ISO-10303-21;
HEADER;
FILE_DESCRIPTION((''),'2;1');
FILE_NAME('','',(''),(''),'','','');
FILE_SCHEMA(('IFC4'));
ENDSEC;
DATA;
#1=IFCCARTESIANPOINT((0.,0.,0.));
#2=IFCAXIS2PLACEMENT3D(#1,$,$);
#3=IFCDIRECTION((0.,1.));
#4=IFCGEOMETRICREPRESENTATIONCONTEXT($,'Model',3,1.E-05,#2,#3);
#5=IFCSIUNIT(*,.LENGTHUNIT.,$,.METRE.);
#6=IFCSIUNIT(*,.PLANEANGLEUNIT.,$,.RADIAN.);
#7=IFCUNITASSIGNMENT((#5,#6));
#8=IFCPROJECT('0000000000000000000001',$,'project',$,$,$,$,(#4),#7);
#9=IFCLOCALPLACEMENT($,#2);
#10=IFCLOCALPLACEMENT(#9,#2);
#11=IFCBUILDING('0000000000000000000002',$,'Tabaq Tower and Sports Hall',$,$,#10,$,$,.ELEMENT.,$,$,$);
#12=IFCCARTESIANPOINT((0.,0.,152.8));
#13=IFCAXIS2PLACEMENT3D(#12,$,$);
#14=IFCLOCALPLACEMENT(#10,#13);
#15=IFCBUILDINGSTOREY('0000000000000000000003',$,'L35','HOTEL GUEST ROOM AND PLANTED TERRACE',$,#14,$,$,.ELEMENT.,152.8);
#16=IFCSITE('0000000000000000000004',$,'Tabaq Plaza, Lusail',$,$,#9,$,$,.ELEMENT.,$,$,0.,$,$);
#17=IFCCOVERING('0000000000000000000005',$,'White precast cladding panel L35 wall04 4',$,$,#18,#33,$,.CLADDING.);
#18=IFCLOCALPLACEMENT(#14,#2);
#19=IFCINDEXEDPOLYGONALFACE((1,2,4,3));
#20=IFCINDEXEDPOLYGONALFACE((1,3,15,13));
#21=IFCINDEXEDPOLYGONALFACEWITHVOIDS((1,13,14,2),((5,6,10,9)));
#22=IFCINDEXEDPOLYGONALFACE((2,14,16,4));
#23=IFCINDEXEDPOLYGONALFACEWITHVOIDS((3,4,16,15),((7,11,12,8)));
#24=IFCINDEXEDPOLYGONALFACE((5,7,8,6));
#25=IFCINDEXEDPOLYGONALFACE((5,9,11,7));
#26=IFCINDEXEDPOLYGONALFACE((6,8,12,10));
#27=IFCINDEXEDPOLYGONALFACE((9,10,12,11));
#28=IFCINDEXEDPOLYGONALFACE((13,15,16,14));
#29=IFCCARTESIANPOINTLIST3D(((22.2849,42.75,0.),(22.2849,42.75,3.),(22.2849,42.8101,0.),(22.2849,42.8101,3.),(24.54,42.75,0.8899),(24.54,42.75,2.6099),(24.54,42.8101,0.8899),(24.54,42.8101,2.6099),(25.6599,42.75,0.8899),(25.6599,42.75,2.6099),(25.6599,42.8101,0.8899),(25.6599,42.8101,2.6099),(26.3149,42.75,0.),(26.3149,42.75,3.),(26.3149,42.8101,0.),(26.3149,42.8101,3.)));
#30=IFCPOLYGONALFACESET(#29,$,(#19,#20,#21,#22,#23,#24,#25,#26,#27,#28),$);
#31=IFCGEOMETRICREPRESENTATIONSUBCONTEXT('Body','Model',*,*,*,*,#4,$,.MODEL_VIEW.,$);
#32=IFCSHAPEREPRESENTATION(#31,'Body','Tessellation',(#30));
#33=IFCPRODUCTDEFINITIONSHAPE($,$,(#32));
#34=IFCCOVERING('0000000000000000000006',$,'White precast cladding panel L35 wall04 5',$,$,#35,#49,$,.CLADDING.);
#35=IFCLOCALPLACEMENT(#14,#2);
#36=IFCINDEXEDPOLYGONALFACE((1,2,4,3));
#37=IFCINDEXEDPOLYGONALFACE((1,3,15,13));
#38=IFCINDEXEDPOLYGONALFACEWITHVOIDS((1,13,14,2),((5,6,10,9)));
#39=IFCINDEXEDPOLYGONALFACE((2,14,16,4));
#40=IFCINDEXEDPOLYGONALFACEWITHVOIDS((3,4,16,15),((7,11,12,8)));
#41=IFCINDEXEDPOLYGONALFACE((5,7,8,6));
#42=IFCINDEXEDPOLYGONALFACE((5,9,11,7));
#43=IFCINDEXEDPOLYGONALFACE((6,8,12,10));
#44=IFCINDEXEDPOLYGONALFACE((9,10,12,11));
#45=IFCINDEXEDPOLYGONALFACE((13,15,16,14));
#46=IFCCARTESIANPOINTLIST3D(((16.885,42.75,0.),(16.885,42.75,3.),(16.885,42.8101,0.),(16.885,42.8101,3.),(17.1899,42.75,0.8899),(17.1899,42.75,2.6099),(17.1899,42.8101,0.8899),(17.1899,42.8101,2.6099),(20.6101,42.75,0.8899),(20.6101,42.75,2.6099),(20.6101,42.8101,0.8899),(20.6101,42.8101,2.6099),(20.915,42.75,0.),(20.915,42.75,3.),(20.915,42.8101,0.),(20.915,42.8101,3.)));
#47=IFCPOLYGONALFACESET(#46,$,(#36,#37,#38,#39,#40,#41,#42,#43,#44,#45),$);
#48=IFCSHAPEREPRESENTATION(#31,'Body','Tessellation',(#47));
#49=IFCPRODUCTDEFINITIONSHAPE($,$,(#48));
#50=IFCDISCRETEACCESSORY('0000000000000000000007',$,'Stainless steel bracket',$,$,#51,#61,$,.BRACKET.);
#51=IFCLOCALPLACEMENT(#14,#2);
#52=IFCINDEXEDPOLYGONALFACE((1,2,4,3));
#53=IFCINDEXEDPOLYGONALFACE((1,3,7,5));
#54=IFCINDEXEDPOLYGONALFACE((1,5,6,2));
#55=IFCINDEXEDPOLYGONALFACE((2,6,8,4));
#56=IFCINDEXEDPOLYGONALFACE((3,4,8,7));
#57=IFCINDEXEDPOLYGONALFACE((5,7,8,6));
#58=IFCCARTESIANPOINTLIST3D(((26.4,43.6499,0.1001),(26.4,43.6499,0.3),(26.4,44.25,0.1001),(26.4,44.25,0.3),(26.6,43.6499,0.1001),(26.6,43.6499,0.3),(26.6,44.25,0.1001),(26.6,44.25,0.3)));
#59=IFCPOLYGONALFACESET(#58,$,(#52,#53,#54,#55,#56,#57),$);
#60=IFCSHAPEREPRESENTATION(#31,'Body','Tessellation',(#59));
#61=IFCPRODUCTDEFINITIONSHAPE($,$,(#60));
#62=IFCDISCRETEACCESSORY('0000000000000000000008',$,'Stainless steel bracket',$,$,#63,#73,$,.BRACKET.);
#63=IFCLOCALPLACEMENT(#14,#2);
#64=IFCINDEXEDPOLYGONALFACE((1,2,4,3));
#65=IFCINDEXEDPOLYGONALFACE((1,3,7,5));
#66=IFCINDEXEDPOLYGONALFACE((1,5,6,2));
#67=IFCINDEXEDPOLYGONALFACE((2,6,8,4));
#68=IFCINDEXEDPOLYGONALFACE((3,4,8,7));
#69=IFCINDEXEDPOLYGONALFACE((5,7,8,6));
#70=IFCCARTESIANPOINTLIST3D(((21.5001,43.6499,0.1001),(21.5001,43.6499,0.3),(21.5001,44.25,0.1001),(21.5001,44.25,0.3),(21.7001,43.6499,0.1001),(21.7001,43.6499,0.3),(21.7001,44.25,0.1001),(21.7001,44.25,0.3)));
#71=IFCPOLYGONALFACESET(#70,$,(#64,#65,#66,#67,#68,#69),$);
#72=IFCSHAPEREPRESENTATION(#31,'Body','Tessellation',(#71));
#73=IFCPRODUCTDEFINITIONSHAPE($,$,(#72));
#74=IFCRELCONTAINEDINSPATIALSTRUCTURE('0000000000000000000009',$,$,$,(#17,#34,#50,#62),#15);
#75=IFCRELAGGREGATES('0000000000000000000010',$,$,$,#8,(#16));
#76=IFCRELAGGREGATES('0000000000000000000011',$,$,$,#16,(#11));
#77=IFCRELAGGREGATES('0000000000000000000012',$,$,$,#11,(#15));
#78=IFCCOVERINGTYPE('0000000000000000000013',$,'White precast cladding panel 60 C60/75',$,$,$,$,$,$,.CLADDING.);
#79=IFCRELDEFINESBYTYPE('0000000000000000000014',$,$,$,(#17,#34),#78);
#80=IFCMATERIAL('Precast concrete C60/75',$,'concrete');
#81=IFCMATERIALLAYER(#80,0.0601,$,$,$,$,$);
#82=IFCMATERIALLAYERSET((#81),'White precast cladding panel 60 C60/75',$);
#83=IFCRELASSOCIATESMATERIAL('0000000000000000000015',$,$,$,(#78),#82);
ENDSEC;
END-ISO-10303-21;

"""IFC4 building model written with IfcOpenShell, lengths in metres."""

from ifc_helpers import new_model, si_unit, direction, frame, origin, origin_2d, place, context, subcontext, project, spatial, polyline, rectangle, outline, extrude, material, layer, layer_set, type_object, element, save


model = new_model("IFC4")

# Units and contexts
model_context = context("Model", 3, precision=1e-05, world=origin(), true_north=direction((0.0, 1.0)))
body_context = subcontext(model_context, "Body", "Model", "MODEL_VIEW")
ifc_project = project(units=[si_unit("LENGTHUNIT", "METRE"), si_unit("PLANEANGLEUNIT", "RADIAN")], contexts=[model_context])

# Site, building, storey
site_placement = place(None, origin())
site = spatial("IfcSite", under=ifc_project, at=site_placement, Name="Tabaq Plaza, Lusail", CompositionType="ELEMENT", RefElevation=0.0)
building_placement = place(site_placement, origin())
building = spatial("IfcBuilding", under=site, at=building_placement, Name="Tabaq Tower and Sports Hall", CompositionType="ELEMENT")
storey_placement = place(building_placement, frame((0.0, 0.0, 152.8)))
storey = spatial("IfcBuildingStorey", under=building, at=storey_placement, Name="L35", Description="HOTEL GUEST ROOM AND PLANTED TERRACE", CompositionType="ELEMENT", Elevation=152.8)

# Coverings
ifc_material_1 = material(Name="Precast concrete C60/75", Category="concrete")
ifc_layer_1 = layer(ifc_material_1, 0.0601)
ifc_layer_set_1 = layer_set([ifc_layer_1], Name="White precast cladding panel 60 C60/75")
covering_type = type_object("IfcCoveringType", Name="White precast cladding panel 60 C60/75", PredefinedType="CLADDING", material=ifc_layer_set_1)
covering_1_placement = place(storey_placement, frame((26.3149, 42.78, 0.0), z_axis=(0.0, 0.0, 1.0), x_axis=(-1.0, 0.0, 0.0)))
element("IfcCovering", 1, at=covering_1_placement, inside=storey, type_object=covering_type, Name="White precast cladding panel L35 wall04 4", PredefinedType="CLADDING", context=body_context, shape_type="SweptSolid", body=[
    extrude(outline(polyline([(0.0, 0.0), (4.03, 0.0), (4.03, 3.0), (0.0, 3.0), (0.0, 0.0)]), holes=[polyline([(0.655, 0.8899), (0.655, 2.6099), (1.7749, 2.6099), (1.7749, 0.8899), (0.655, 0.8899)])]), frame((0.0, 0.03, 0.0), z_axis=(0.0, -1.0, 0.0), x_axis=(1.0, 0.0, 0.0)), (0.0, 0.0, 1.0), 0.0601),
])
covering_2_placement = place(storey_placement, frame((20.915, 42.78, 0.0), z_axis=(0.0, 0.0, 1.0), x_axis=(-1.0, 0.0, 0.0)))
element("IfcCovering", 2, at=covering_2_placement, inside=storey, type_object=covering_type, Name="White precast cladding panel L35 wall04 5", PredefinedType="CLADDING", context=body_context, shape_type="SweptSolid", body=[
    extrude(outline(polyline([(0.0, 0.0), (4.03, 0.0), (4.03, 3.0), (0.0, 3.0), (0.0, 0.0)]), holes=[polyline([(0.3049, 0.8899), (0.3049, 2.6099), (3.7251, 2.6099), (3.7251, 0.8899), (0.3049, 0.8899)])]), frame((0.0, 0.03, 0.0), z_axis=(0.0, -1.0, 0.0), x_axis=(1.0, 0.0, 0.0)), (0.0, 0.0, 1.0), 0.0601),
])

# Discrete accessories
for number, where, z_axis, x_axis, name in (
    (3, (26.5, 43.95, 0.1001), (0.0, 0.0, 1.0), (0.0, 1.0, 0.0), "Stainless steel bracket"),
    (4, (21.6001, 43.95, 0.1001), (0.0, 0.0, 1.0), (0.0, 1.0, 0.0), "Stainless steel bracket"),
):
    element("IfcDiscreteAccessory", number, at=place(storey_placement, frame(where, z_axis=z_axis, x_axis=x_axis)), inside=storey, Name=name, PredefinedType="BRACKET", context=body_context, shape_type="SweptSolid", body=[
        extrude(rectangle(XDim=0.6001, YDim=0.2, at=origin_2d()), origin(), (0.0, 0.0, 1.0), 0.2),
    ])

save(model, "model.ifc")
